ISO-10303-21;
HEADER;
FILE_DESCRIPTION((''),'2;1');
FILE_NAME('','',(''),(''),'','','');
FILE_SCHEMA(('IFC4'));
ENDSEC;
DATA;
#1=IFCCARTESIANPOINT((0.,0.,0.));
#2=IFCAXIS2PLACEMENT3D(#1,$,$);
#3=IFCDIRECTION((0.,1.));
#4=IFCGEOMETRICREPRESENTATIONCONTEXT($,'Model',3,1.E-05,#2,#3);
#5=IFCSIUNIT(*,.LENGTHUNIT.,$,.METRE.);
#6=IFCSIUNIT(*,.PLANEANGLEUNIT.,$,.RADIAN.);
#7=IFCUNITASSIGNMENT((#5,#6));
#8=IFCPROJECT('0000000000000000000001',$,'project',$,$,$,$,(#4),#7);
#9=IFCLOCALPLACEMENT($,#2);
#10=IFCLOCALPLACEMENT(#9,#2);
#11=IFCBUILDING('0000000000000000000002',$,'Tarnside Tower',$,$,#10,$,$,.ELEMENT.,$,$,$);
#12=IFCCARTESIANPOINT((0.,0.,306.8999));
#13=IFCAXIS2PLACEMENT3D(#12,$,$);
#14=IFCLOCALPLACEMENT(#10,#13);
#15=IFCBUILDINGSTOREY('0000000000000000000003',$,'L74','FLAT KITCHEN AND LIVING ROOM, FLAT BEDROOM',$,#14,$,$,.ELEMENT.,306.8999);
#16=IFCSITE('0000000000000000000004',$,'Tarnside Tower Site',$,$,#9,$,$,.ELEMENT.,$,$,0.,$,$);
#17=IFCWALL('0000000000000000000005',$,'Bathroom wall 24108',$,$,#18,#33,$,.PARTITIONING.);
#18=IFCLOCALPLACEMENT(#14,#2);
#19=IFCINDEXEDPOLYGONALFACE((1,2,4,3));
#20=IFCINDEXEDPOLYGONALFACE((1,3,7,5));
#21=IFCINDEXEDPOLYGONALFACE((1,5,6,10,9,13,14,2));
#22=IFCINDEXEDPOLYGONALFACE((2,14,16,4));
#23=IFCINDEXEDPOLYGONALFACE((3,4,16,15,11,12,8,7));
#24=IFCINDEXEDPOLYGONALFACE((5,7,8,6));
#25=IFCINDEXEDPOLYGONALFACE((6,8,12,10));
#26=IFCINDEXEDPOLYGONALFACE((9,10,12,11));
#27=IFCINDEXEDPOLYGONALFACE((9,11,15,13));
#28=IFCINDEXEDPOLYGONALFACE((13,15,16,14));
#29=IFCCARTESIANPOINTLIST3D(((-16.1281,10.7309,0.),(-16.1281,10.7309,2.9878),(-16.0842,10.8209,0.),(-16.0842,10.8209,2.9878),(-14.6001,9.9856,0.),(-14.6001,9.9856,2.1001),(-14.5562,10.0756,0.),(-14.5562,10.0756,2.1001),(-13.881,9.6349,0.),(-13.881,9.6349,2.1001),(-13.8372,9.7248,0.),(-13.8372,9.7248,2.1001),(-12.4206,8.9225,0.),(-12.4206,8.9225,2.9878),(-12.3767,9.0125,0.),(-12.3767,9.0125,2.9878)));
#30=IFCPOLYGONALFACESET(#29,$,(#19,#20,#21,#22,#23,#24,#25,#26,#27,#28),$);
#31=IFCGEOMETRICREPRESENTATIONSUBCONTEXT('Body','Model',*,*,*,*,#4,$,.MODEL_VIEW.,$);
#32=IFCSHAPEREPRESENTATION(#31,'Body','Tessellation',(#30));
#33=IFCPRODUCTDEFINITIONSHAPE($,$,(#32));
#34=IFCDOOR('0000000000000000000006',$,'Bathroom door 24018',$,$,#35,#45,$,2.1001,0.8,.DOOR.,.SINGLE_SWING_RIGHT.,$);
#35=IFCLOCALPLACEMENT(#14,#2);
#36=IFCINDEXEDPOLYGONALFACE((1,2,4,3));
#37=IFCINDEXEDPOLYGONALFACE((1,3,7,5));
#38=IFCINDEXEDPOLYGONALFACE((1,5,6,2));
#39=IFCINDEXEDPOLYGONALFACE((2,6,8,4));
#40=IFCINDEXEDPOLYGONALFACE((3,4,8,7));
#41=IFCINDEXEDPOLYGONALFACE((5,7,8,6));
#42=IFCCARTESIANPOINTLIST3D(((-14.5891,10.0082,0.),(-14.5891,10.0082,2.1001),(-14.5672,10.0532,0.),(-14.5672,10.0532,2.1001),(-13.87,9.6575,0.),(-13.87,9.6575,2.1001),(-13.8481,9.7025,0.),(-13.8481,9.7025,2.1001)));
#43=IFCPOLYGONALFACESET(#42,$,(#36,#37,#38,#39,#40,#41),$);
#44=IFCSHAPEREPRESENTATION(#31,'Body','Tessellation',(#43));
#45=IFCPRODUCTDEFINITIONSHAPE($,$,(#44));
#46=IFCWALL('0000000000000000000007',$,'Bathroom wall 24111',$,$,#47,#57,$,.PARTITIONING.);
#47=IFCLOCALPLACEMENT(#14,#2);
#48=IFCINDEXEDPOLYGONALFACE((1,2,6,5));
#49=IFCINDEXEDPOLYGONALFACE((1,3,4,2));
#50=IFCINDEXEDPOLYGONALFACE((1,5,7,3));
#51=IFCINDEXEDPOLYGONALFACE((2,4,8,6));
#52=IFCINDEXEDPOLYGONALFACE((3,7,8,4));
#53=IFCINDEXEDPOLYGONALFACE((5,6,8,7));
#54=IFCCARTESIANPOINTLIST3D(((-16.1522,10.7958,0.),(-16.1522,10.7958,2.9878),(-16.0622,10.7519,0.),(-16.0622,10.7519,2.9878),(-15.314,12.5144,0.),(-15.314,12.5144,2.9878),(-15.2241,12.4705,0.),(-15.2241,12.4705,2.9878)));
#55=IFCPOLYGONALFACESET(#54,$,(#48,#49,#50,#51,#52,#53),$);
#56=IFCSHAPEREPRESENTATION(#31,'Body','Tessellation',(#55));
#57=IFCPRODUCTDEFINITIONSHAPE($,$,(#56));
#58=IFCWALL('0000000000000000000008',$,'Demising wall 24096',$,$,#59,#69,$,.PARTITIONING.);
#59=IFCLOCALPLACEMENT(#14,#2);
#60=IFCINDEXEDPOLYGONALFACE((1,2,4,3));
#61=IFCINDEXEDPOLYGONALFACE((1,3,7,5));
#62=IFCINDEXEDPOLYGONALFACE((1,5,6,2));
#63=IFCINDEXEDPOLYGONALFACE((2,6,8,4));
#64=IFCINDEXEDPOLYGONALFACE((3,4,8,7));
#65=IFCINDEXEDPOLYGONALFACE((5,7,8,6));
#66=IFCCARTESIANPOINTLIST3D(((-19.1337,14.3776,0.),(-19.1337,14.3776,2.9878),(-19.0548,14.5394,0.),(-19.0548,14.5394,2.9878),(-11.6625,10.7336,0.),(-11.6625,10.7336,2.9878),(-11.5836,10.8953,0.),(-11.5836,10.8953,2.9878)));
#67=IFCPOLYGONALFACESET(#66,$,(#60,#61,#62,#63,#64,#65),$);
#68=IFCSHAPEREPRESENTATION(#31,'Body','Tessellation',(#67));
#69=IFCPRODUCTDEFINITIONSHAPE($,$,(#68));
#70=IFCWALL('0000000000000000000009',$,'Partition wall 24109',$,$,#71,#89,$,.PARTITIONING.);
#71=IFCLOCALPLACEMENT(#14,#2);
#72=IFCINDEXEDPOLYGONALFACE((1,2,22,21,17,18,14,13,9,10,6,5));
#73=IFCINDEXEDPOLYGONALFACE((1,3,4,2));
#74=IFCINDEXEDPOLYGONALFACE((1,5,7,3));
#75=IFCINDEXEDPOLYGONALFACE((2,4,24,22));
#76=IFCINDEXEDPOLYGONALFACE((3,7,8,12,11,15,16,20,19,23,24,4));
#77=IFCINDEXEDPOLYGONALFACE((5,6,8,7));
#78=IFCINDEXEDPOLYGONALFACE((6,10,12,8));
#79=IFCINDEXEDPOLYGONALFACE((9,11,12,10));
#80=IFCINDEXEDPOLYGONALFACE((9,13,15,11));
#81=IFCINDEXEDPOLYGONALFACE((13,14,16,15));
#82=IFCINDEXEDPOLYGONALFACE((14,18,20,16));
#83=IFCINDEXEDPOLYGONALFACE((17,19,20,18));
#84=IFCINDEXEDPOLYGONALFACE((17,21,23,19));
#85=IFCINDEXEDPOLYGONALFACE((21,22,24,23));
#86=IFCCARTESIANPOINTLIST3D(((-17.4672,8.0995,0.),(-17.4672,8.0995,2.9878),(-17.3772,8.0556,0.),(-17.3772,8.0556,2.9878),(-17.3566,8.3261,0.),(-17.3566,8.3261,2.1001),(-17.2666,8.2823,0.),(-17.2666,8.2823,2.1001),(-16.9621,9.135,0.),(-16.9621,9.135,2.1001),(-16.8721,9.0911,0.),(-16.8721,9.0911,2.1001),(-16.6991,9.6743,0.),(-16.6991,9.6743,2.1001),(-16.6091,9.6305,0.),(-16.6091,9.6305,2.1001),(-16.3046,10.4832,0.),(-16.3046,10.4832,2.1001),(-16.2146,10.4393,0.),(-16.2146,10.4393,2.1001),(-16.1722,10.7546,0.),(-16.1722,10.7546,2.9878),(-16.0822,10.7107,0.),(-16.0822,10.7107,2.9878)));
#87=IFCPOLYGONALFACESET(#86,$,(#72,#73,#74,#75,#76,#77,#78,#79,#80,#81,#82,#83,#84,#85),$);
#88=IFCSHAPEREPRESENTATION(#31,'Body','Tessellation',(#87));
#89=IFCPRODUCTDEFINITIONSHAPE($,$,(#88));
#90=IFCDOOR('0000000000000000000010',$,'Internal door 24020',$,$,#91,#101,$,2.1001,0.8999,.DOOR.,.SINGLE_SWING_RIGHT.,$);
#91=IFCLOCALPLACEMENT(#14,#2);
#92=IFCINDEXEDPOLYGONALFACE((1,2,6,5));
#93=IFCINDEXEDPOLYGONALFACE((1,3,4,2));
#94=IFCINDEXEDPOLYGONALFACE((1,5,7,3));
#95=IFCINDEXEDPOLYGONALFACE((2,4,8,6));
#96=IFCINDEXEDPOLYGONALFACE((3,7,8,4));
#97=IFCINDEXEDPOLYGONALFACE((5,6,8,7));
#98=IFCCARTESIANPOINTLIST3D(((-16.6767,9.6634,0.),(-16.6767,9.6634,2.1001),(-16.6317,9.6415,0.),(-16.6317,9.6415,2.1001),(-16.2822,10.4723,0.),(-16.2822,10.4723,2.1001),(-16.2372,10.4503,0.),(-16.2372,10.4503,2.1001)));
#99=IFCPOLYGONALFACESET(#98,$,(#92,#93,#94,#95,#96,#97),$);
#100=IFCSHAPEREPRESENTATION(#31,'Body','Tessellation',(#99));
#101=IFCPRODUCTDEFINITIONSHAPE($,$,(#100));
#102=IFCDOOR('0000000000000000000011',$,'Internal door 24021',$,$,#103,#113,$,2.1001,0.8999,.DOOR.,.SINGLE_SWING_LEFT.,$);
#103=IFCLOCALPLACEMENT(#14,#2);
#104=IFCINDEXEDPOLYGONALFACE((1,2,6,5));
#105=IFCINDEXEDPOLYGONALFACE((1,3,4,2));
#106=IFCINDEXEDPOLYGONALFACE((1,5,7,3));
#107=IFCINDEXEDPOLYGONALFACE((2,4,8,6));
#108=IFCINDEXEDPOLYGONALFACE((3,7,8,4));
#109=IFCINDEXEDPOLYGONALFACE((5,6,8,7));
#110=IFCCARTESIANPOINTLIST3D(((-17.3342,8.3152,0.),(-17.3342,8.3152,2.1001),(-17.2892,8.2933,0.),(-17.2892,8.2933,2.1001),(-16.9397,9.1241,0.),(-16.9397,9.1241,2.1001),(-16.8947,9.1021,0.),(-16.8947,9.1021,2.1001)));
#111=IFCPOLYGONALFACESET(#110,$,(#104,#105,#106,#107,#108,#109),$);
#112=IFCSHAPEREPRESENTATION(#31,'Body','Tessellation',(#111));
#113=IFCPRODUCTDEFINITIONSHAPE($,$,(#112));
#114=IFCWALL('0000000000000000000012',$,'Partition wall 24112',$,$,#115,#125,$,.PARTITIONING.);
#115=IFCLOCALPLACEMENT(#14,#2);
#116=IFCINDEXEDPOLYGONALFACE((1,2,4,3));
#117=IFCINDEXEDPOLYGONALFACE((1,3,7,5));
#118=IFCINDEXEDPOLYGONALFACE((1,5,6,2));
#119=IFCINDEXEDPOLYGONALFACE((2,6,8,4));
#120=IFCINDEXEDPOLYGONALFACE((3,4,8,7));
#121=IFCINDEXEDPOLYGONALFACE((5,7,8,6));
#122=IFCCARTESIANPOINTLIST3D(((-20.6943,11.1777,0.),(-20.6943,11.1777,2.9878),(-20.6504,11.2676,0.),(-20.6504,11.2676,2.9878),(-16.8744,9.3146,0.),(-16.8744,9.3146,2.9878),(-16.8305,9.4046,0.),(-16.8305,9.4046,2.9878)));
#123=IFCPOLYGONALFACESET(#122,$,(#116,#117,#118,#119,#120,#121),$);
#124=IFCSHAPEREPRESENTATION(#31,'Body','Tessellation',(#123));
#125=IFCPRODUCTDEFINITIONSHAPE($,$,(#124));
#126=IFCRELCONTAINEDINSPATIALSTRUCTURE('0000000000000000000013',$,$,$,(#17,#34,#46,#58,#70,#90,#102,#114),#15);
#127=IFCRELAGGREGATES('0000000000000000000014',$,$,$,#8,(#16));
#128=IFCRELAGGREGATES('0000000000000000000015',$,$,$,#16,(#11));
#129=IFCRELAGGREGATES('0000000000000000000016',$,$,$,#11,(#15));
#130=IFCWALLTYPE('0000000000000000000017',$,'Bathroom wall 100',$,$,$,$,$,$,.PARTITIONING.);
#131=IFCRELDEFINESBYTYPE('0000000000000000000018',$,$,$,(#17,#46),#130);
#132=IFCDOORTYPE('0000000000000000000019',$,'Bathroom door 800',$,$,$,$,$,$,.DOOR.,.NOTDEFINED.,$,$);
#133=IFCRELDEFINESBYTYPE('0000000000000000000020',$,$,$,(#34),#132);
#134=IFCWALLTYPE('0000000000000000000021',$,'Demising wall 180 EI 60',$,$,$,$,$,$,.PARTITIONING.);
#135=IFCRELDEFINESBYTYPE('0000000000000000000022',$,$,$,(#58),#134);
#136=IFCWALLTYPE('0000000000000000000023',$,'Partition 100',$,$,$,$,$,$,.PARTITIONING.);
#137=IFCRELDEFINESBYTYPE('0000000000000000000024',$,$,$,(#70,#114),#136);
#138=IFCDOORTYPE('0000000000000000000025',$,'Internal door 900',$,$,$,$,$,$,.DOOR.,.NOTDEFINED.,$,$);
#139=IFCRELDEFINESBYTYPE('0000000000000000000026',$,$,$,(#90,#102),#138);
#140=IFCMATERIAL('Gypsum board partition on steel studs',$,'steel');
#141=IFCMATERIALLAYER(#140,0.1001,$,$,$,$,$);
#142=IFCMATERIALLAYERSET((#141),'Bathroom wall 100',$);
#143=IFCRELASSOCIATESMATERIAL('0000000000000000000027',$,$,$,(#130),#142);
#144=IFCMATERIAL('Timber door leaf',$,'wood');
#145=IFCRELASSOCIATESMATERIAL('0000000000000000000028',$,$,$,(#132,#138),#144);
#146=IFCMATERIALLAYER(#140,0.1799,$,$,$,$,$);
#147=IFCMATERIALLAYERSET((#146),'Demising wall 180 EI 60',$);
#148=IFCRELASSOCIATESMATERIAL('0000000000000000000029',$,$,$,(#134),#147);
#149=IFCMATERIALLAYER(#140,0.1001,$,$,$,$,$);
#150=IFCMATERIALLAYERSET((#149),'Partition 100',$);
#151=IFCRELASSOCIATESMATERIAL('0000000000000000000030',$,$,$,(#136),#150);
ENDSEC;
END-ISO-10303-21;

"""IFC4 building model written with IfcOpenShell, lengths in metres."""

from ifc_helpers import new_model, si_unit, direction, frame, frame_2d, origin, place, context, subcontext, project, spatial, rectangle, extrude, material, layer, layer_set, type_object, element, fill, save


model = new_model("IFC4")

# Units and contexts
model_context = context("Model", 3, precision=1e-05, world=origin(), true_north=direction((0.0, 1.0)))
body_context = subcontext(model_context, "Body", "Model", "MODEL_VIEW")
ifc_project = project(units=[si_unit("LENGTHUNIT", "METRE"), si_unit("PLANEANGLEUNIT", "RADIAN")], contexts=[model_context])

# Site, building, storey
site_placement = place(None, origin())
site = spatial("IfcSite", under=ifc_project, at=site_placement, Name="Tarnside Tower Site", CompositionType="ELEMENT", RefElevation=0.0)
building_placement = place(site_placement, origin())
building = spatial("IfcBuilding", under=site, at=building_placement, Name="Tarnside Tower", CompositionType="ELEMENT")
storey_placement = place(building_placement, frame((0.0, 0.0, 306.8999)))
storey = spatial("IfcBuildingStorey", under=building, at=storey_placement, Name="L74", Description="FLAT KITCHEN AND LIVING ROOM, FLAT BEDROOM", CompositionType="ELEMENT", Elevation=306.8999)

# Wall, opening, door
ifc_material_1 = material(Name="Gypsum board partition on steel studs", Category="steel")
ifc_layer_1 = layer(ifc_material_1, 0.1001)
ifc_layer_set_1 = layer_set([ifc_layer_1], Name="Bathroom wall 100")
wall_type_1 = type_object("IfcWallType", Name="Bathroom wall 100", PredefinedType="PARTITIONING", material=ifc_layer_set_1)
wall_1_placement = place(storey_placement, frame((-12.3987, 8.9675, 0.0), z_axis=(0.0, 0.0, 1.0), x_axis=(-0.898787, 0.438385, 0.0)))
wall_1 = element("IfcWall", 1, at=wall_1_placement, inside=storey, type_object=wall_type_1, Name="Bathroom wall 24108", PredefinedType="PARTITIONING", context=body_context, shape_type="SweptSolid", body=[
    extrude(rectangle(XDim=4.125, YDim=0.1001, at=frame_2d((2.0625, 0.0))), origin(), (0.0, 0.0, 1.0), 2.9878),
])
opening_1_placement = place(wall_1_placement, frame((1.625, 0.0, 0.0)))
opening_1 = element("IfcOpeningElement", 2, at=opening_1_placement, cuts=wall_1, PredefinedType="OPENING", context=body_context, shape_type="SweptSolid", body=[
    extrude(rectangle(XDim=0.8, YDim=2.1001, at=frame_2d((0.3999, 1.05))), frame((0.0, 0.0601, 0.0), z_axis=(0.0, -1.0, 0.0), x_axis=(1.0, 0.0, 0.0)), (0.0, 0.0, 1.0), 0.1201),
])
ifc_material_2 = material(Name="Timber door leaf", Category="wood")
door_type_1 = type_object("IfcDoorType", Name="Bathroom door 800", OperationType="NOTDEFINED", PredefinedType="DOOR", material=ifc_material_2)
door_1_placement = place(opening_1_placement, origin())
door_1 = element("IfcDoor", 3, at=door_1_placement, inside=storey, type_object=door_type_1, Name="Bathroom door 24018", OperationType="SINGLE_SWING_RIGHT", OverallHeight=2.1001, OverallWidth=0.8, PredefinedType="DOOR", context=body_context, shape_type="SweptSolid", body=[
    extrude(rectangle(XDim=0.8, YDim=2.1001, at=frame_2d((0.3999, 1.05))), frame((0.0, 0.0249, 0.0), z_axis=(0.0, -1.0, 0.0), x_axis=(1.0, 0.0, 0.0)), (0.0, 0.0, 1.0), 0.05),
])
fill(opening_1, door_1)

# Walls
wall_2_placement = place(storey_placement, frame((-15.269, 12.4924, 0.0), z_axis=(0.0, 0.0, 1.0), x_axis=(-0.438356, -0.898802, 0.0)))
element("IfcWall", 4, at=wall_2_placement, inside=storey, type_object=wall_type_1, Name="Bathroom wall 24111", PredefinedType="PARTITIONING", context=body_context, shape_type="SweptSolid", body=[
    extrude(rectangle(XDim=1.9121, YDim=0.1001, at=frame_2d((0.9561, 0.0))), origin(), (0.0, 0.0, 1.0), 2.9878),
])
ifc_layer_2 = layer(ifc_material_1, 0.1799)
ifc_layer_set_2 = layer_set([ifc_layer_2], Name="Demising wall 180 EI 60")
wall_type_2 = type_object("IfcWallType", Name="Demising wall 180 EI 60", PredefinedType="PARTITIONING", material=ifc_layer_set_2)
wall_3_placement = place(storey_placement, frame((-19.0942, 14.4585, 0.0), z_axis=(0.0, 0.0, 1.0), x_axis=(0.898789, -0.438381, 0.0)))
element("IfcWall", 5, at=wall_3_placement, inside=storey, type_object=wall_type_2, Name="Demising wall 24096", PredefinedType="PARTITIONING", context=body_context, shape_type="SweptSolid", body=[
    extrude(rectangle(XDim=8.3125, YDim=0.1799, at=frame_2d((4.1562, 0.0))), origin(), (0.0, 0.0, 1.0), 2.9878),
])

# Wall, openings, doors
ifc_layer_3 = layer(ifc_material_1, 0.1001)
ifc_layer_set_3 = layer_set([ifc_layer_3], Name="Partition 100")
wall_type_3 = type_object("IfcWallType", Name="Partition 100", PredefinedType="PARTITIONING", material=ifc_layer_set_3)
wall_4_placement = place(storey_placement, frame((-16.1272, 10.7327, 0.0), z_axis=(0.0, 0.0, 1.0), x_axis=(-0.438365, -0.898797, 0.0)))
wall_4 = element("IfcWall", 6, at=wall_4_placement, inside=storey, type_object=wall_type_3, Name="Partition wall 24109", PredefinedType="PARTITIONING", context=body_context, shape_type="SweptSolid", body=[
    extrude(rectangle(XDim=2.9541, YDim=0.1001, at=frame_2d((1.4771, 0.0))), origin(), (0.0, 0.0, 1.0), 2.9878),
])
opening_2_placement = place(wall_4_placement, frame((0.302, 0.0, 0.0)))
opening_2 = element("IfcOpeningElement", 7, at=opening_2_placement, cuts=wall_4, PredefinedType="OPENING", context=body_context, shape_type="SweptSolid", body=[
    extrude(rectangle(XDim=0.8999, YDim=2.1001, at=frame_2d((0.45, 1.05))), frame((0.0, 0.0601, 0.0), z_axis=(0.0, -1.0, 0.0), x_axis=(1.0, 0.0, 0.0)), (0.0, 0.0, 1.0), 0.1201),
])
opening_3_placement = place(wall_4_placement, frame((1.802, 0.0, 0.0)))
opening_3 = element("IfcOpeningElement", 8, at=opening_3_placement, cuts=wall_4, PredefinedType="OPENING", context=body_context, shape_type="SweptSolid", body=[
    extrude(rectangle(XDim=0.8999, YDim=2.1001, at=frame_2d((0.45, 1.05))), frame((0.0, 0.0601, 0.0), z_axis=(0.0, -1.0, 0.0), x_axis=(1.0, 0.0, 0.0)), (0.0, 0.0, 1.0), 0.1201),
])
door_type_2 = type_object("IfcDoorType", Name="Internal door 900", OperationType="NOTDEFINED", PredefinedType="DOOR", material=ifc_material_2)
door_2_placement = place(opening_2_placement, origin())
door_2 = element("IfcDoor", 9, at=door_2_placement, inside=storey, type_object=door_type_2, Name="Internal door 24020", OperationType="SINGLE_SWING_RIGHT", OverallHeight=2.1001, OverallWidth=0.8999, PredefinedType="DOOR", context=body_context, shape_type="SweptSolid", body=[
    extrude(rectangle(XDim=0.8999, YDim=2.1001, at=frame_2d((0.45, 1.05))), frame((0.0, 0.0249, 0.0), z_axis=(0.0, -1.0, 0.0), x_axis=(1.0, 0.0, 0.0)), (0.0, 0.0, 1.0), 0.05),
])
fill(opening_2, door_2)
door_3_placement = place(opening_3_placement, origin())
door_3 = element("IfcDoor", 10, at=door_3_placement, inside=storey, type_object=door_type_2, Name="Internal door 24021", OperationType="SINGLE_SWING_LEFT", OverallHeight=2.1001, OverallWidth=0.8999, PredefinedType="DOOR", context=body_context, shape_type="SweptSolid", body=[
    extrude(rectangle(XDim=0.8999, YDim=2.1001, at=frame_2d((0.45, 1.05))), frame((0.0, 0.0249, 0.0), z_axis=(0.0, -1.0, 0.0), x_axis=(1.0, 0.0, 0.0)), (0.0, 0.0, 1.0), 0.05),
])
fill(opening_3, door_3)

# Wall
wall_5_placement = place(storey_placement, frame((-20.6724, 11.2227, 0.0), z_axis=(0.0, 0.0, 1.0), x_axis=(0.898795, -0.438368, 0.0)))
element("IfcWall", 11, at=wall_5_placement, inside=storey, type_object=wall_type_3, Name="Partition wall 24112", PredefinedType="PARTITIONING", context=body_context, shape_type="SweptSolid", body=[
    extrude(rectangle(XDim=4.25, YDim=0.1001, at=frame_2d((2.125, 0.0))), origin(), (0.0, 0.0, 1.0), 2.9878),
])

save(model, "model.ifc")
